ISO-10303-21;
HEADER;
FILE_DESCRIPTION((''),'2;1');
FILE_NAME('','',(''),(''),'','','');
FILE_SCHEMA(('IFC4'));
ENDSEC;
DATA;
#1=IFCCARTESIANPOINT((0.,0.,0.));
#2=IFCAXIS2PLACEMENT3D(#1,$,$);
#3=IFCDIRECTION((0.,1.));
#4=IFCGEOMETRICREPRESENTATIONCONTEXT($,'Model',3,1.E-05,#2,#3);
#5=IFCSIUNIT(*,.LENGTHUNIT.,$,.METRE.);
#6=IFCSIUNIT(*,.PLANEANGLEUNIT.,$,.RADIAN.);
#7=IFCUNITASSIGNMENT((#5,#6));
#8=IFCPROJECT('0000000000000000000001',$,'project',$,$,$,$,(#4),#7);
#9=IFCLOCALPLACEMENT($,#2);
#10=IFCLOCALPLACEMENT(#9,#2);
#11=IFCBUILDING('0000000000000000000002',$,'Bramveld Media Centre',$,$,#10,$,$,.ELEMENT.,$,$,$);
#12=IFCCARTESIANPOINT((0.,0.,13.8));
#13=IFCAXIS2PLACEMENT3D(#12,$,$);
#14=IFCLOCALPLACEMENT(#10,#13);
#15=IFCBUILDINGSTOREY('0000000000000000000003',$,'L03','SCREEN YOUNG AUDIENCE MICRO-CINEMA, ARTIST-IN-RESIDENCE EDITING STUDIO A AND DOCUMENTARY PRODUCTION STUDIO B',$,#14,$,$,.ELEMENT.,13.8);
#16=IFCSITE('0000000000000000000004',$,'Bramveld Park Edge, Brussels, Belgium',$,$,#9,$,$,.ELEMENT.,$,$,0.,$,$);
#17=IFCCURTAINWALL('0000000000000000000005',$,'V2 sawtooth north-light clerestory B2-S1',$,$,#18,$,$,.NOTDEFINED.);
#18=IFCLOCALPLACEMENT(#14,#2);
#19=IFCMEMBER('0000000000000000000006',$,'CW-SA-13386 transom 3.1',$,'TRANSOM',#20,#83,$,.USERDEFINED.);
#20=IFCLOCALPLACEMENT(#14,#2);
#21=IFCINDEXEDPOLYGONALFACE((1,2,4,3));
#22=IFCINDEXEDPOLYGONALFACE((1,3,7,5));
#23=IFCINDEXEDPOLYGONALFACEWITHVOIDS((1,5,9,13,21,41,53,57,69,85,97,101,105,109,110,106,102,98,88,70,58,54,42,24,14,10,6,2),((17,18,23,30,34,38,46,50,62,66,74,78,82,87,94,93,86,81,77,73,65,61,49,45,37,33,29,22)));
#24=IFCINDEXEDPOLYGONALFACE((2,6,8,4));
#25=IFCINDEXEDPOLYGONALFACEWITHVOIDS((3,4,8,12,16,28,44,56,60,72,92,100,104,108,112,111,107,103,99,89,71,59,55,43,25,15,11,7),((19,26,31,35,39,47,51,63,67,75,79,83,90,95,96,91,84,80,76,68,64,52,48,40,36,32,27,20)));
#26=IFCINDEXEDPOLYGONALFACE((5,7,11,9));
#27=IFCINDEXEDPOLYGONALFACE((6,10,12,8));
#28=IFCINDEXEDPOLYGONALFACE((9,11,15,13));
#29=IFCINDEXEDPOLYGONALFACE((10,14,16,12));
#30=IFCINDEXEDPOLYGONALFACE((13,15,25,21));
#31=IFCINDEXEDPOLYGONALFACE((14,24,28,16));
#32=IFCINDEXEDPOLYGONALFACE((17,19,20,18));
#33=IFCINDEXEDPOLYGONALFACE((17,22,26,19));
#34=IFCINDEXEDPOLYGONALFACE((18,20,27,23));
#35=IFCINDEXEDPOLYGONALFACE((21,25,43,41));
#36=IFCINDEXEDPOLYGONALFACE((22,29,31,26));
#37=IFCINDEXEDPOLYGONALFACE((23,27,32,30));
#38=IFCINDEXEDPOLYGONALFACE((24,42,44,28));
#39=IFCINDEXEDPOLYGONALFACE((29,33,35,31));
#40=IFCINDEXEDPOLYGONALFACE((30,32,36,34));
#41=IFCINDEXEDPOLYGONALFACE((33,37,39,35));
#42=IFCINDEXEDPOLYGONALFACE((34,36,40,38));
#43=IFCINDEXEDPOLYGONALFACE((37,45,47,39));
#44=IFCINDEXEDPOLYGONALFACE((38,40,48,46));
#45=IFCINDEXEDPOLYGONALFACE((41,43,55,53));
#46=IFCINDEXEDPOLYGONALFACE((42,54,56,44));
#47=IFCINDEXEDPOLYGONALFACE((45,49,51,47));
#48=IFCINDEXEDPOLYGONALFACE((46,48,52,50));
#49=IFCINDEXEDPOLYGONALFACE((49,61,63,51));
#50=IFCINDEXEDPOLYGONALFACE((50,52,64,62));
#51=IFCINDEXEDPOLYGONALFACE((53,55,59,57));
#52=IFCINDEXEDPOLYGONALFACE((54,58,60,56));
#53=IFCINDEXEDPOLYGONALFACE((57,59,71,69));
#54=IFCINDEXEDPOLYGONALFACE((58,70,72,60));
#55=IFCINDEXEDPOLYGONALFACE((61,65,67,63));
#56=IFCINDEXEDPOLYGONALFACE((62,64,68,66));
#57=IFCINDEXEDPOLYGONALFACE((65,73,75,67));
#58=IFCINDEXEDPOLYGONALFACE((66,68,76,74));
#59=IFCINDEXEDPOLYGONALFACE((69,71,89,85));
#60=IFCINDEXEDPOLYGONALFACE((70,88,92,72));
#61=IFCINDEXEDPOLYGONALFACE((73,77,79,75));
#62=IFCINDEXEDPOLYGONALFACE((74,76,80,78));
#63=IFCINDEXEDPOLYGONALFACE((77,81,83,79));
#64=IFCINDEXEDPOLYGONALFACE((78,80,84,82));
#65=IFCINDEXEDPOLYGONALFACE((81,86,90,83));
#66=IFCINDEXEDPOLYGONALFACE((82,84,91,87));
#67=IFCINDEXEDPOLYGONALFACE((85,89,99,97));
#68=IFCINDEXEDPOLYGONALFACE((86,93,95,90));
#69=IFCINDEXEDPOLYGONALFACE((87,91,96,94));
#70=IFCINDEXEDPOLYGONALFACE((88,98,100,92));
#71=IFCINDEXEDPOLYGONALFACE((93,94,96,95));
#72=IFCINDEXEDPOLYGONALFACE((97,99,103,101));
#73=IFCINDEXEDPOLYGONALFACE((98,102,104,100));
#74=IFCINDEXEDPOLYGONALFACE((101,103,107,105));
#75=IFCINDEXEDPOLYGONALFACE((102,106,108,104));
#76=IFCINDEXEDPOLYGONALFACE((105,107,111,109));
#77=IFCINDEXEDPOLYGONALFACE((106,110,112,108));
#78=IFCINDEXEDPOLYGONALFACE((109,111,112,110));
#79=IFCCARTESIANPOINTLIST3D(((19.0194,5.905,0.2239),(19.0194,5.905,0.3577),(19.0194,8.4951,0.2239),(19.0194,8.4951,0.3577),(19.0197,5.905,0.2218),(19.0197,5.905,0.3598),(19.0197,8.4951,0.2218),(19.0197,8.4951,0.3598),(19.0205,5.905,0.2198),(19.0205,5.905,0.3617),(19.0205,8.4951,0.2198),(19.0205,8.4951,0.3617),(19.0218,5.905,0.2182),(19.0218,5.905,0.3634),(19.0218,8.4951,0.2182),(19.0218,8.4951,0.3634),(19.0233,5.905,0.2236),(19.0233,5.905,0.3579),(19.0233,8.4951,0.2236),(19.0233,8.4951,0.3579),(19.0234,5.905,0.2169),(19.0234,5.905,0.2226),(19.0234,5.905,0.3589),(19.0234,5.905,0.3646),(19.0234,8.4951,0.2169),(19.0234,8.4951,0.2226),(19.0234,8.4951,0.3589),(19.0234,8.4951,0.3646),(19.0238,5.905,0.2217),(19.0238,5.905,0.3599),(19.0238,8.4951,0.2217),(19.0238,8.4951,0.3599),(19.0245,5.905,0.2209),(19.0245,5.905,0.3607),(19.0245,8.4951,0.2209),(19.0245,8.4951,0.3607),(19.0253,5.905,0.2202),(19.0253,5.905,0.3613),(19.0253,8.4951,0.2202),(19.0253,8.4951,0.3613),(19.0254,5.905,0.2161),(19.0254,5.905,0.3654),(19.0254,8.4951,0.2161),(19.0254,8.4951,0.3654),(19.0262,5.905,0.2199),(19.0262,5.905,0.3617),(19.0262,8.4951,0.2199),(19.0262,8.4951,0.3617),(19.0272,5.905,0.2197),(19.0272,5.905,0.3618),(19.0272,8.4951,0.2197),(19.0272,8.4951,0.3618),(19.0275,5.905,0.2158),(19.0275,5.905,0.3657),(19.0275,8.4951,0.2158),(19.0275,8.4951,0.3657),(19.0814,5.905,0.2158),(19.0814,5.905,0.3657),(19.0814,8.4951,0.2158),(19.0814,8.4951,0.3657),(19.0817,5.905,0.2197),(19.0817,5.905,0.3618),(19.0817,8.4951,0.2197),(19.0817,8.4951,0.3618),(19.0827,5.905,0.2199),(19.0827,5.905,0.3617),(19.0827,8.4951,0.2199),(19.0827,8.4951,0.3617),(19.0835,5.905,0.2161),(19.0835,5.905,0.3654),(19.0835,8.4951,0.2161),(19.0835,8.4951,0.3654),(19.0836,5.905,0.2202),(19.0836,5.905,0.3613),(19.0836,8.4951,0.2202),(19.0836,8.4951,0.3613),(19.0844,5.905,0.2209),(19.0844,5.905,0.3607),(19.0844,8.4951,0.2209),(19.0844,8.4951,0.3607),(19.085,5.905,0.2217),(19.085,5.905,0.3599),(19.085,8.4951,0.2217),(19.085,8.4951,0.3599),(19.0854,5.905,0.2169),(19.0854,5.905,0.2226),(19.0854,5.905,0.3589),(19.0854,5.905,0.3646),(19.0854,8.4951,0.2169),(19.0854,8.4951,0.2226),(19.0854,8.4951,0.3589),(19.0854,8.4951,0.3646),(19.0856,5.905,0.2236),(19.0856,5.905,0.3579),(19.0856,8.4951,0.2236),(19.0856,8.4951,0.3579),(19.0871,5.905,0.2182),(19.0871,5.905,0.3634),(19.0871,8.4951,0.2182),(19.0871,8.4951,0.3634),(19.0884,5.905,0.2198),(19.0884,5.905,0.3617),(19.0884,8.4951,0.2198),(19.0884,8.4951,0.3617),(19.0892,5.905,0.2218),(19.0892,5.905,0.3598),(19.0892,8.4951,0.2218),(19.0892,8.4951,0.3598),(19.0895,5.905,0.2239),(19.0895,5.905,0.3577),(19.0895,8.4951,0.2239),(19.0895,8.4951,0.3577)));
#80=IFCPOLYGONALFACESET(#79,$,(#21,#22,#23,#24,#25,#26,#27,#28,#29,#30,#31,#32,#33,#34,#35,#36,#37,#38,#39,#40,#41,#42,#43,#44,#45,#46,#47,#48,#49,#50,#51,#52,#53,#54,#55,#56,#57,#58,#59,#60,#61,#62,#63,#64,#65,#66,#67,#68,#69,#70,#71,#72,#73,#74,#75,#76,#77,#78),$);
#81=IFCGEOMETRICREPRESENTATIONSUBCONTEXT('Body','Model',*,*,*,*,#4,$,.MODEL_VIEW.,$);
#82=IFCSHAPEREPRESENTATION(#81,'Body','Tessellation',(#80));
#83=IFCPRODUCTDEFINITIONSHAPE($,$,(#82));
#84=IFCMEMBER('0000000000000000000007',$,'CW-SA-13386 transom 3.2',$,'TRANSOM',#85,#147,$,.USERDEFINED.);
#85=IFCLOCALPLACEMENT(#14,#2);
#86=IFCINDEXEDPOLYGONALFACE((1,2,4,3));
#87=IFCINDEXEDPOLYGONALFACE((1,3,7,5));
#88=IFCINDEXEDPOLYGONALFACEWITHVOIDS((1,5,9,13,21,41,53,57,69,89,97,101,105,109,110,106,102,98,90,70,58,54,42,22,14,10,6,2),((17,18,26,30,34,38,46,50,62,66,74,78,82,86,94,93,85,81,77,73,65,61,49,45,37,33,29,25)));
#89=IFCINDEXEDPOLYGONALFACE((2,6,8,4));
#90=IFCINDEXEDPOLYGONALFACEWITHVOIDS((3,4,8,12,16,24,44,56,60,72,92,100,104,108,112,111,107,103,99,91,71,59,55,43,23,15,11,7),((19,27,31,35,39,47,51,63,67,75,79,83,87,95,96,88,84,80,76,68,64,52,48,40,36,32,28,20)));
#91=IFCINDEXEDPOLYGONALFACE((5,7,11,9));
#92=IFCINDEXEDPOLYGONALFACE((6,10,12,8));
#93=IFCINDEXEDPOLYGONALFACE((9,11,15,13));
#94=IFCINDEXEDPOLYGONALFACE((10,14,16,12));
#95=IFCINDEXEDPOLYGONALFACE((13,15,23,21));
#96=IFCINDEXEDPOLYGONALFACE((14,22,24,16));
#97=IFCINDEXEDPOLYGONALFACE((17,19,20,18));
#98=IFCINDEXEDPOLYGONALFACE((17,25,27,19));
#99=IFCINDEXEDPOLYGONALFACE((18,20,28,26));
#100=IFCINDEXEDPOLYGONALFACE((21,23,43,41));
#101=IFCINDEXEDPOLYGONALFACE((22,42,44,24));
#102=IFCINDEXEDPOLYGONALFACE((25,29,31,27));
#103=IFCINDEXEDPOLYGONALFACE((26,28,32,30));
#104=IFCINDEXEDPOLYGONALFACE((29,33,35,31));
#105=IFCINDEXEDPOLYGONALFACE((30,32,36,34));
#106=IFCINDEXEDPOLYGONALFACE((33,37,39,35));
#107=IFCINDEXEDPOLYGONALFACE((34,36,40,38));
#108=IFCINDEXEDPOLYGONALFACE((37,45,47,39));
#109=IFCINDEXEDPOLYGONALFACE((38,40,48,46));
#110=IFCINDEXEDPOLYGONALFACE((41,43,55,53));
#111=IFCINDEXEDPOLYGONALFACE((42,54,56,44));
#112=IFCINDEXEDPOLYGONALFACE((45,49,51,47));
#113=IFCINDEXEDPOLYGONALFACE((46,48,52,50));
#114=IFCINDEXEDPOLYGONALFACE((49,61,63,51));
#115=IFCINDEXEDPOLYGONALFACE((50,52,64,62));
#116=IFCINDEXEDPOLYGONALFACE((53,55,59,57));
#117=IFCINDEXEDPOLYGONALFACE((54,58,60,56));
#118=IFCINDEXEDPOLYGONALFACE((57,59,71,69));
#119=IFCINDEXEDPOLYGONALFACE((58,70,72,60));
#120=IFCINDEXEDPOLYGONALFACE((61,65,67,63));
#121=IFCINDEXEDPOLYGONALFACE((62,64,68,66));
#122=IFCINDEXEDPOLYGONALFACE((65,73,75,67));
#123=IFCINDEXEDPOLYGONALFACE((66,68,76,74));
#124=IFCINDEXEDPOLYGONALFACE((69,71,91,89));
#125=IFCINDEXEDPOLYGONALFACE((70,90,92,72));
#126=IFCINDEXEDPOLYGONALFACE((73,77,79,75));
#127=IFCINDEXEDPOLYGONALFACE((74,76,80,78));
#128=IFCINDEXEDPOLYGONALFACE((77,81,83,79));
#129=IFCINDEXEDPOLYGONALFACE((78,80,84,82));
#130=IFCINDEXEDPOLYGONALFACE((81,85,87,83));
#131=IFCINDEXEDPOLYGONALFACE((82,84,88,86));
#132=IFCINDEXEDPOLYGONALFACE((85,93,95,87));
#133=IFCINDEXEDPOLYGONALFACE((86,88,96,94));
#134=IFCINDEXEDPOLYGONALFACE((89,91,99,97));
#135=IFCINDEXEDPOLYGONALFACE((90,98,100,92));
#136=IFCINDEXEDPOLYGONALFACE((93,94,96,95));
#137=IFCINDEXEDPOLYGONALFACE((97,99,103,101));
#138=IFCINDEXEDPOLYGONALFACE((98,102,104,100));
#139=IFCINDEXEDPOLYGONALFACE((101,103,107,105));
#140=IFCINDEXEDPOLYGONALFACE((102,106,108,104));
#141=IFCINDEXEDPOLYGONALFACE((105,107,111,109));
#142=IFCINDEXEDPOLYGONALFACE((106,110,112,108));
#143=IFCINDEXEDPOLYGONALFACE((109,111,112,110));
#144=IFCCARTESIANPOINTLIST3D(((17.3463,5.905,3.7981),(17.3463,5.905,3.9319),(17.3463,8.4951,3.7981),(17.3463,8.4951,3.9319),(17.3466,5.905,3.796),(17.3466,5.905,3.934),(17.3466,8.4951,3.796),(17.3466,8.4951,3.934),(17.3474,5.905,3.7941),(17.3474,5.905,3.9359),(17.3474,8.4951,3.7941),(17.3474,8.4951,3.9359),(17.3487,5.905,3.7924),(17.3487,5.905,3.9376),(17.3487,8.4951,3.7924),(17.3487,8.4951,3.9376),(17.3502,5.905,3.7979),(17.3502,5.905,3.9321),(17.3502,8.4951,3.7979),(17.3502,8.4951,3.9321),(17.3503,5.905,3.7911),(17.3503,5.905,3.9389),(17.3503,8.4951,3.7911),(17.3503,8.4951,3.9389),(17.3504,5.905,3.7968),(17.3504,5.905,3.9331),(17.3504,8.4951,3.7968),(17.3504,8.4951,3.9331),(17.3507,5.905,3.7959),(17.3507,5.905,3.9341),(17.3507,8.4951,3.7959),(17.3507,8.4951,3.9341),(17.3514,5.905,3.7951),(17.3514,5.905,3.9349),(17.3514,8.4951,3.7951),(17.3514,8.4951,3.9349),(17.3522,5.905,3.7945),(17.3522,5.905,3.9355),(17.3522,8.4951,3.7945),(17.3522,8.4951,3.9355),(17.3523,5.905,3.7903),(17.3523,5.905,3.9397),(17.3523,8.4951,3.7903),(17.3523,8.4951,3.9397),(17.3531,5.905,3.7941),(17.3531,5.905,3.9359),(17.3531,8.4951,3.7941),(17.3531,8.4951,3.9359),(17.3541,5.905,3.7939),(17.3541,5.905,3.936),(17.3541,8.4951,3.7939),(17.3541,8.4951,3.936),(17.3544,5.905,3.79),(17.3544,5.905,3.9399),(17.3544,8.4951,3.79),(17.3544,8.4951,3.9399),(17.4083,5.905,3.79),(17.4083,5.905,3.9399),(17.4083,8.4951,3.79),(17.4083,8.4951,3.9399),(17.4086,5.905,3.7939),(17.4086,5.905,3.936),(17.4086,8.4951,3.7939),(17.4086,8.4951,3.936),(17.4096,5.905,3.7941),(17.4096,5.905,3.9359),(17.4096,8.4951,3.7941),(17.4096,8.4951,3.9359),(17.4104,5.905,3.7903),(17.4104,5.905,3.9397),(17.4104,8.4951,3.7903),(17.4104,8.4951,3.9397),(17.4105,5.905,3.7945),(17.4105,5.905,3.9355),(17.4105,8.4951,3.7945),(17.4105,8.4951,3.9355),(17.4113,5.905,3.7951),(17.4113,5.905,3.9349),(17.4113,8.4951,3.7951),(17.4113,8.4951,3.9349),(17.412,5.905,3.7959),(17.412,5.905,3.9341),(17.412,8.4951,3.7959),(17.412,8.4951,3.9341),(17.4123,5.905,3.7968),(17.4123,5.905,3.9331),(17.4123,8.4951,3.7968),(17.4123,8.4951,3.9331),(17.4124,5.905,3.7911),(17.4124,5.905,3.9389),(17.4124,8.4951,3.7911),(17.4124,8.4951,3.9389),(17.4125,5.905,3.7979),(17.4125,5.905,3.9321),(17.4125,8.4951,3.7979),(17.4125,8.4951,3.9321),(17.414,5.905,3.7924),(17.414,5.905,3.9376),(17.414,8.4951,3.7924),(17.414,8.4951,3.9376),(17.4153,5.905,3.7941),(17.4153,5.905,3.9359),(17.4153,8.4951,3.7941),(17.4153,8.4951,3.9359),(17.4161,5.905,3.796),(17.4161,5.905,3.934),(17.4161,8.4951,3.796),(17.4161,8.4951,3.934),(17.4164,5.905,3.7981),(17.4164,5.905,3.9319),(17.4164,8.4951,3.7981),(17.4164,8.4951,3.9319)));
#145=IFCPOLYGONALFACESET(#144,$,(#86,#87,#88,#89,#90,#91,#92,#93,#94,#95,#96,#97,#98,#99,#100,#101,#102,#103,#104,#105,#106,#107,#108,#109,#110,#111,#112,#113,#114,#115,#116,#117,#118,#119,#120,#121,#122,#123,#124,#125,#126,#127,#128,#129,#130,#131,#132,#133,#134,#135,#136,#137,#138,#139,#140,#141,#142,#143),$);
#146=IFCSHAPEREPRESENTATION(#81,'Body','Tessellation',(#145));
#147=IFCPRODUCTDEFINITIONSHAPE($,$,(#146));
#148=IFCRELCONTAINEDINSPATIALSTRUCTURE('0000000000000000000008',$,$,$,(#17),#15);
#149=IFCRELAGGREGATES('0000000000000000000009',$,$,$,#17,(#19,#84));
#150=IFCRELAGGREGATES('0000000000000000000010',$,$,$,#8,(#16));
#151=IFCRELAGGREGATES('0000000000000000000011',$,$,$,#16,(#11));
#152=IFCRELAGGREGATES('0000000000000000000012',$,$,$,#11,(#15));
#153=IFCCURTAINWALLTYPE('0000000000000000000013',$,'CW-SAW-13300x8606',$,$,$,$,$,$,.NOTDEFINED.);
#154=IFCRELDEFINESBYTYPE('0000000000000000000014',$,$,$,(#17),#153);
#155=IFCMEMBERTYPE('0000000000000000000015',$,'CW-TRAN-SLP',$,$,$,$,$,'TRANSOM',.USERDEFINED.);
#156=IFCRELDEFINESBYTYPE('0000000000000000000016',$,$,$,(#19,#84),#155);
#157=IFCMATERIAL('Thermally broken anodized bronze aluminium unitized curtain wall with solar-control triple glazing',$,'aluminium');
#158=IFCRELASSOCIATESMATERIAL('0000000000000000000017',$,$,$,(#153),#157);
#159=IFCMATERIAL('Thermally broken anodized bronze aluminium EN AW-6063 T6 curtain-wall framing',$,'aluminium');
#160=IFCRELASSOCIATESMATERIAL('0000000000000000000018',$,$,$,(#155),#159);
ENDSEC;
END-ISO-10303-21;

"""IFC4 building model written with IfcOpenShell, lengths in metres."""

from ifc_helpers import new_model, si_unit, direction, frame, origin, origin_2d, place, context, subcontext, project, spatial, hollow_rectangle, extrude, material, material_profile, profile_set, type_object, element, aggregate, save


model = new_model("IFC4")

# Units and contexts
model_context = context("Model", 3, precision=1e-05, world=origin(), true_north=direction((0.0, 1.0)))
body_context = subcontext(model_context, "Body", "Model", "MODEL_VIEW")
ifc_project = project(units=[si_unit("LENGTHUNIT", "METRE"), si_unit("PLANEANGLEUNIT", "RADIAN")], contexts=[model_context])

# Site, building, storey
site_placement = place(None, origin())
site = spatial("IfcSite", under=ifc_project, at=site_placement, Name="Bramveld Park Edge, Brussels, Belgium", CompositionType="ELEMENT", RefElevation=0.0)
building_placement = place(site_placement, origin())
building = spatial("IfcBuilding", under=site, at=building_placement, Name="Bramveld Media Centre", CompositionType="ELEMENT")
storey_placement = place(building_placement, frame((0.0, 0.0, 13.8)))
storey = spatial("IfcBuildingStorey", under=building, at=storey_placement, Name="L03", Description="SCREEN YOUNG AUDIENCE MICRO-CINEMA, ARTIST-IN-RESIDENCE EDITING STUDIO A AND DOCUMENTARY PRODUCTION STUDIO B", CompositionType="ELEMENT", Elevation=13.8)

# Curtain wall, members
ifc_material_1 = material(Name="Thermally broken anodized bronze aluminium unitized curtain wall with solar-control triple glazing", Category="aluminium")
curtain_wall_type = type_object("IfcCurtainWallType", Name="CW-SAW-13300x8606", PredefinedType="NOTDEFINED", material=ifc_material_1)
curtain_wall_placement = place(storey_placement, origin())
curtain_wall = element("IfcCurtainWall", 1, at=curtain_wall_placement, inside=storey, type_object=curtain_wall_type, Name="V2 sawtooth north-light clerestory B2-S1", PredefinedType="NOTDEFINED")
ifc_material_2 = material(Name="Thermally broken anodized bronze aluminium EN AW-6063 T6 curtain-wall framing", Category="aluminium")
ifc_material_profile_1 = material_profile(ifc_material_2, hollow_rectangle(XDim=0.0701, YDim=0.1499, WallThickness=0.0039, InnerFilletRadius=0.0039, OuterFilletRadius=0.0081, at=origin_2d()), Name="AL-TRAN 70x150")
ifc_profile_set_1 = profile_set([ifc_material_profile_1], Name="Thermally broken anodized bronze aluminium EN AW-6063 T6 curtain-wall framing")
member_type_1 = type_object("IfcMemberType", Name="CW-TRAN-SLP", ElementType="TRANSOM", PredefinedType="USERDEFINED", material=ifc_profile_set_1)
member_1_placement = place(storey_placement, frame((19.0544, 5.905, 0.2908), z_axis=(0.0, 1.0, 0.0), x_axis=(-1.0, 0.0, 0.0)))
member_1 = element("IfcMember", 2, at=member_1_placement, type_object=member_type_1, Name="CW-SA-13386 transom 3.1", ObjectType="TRANSOM", PredefinedType="USERDEFINED", context=body_context, shape_type="SweptSolid", body=[
    extrude(hollow_rectangle(XDim=0.0701, YDim=0.1499, WallThickness=0.0039, InnerFilletRadius=0.0039, OuterFilletRadius=0.0081, at=origin_2d()), origin(), (0.0, 0.0, 1.0), 2.5901),
])
member_2_placement = place(storey_placement, frame((17.3813, 5.905, 3.865), z_axis=(0.0, 1.0, 0.0), x_axis=(-1.0, 0.0, 0.0)))
member_2 = element("IfcMember", 3, at=member_2_placement, type_object=member_type_1, Name="CW-SA-13386 transom 3.2", ObjectType="TRANSOM", PredefinedType="USERDEFINED", context=body_context, shape_type="SweptSolid", body=[
    extrude(hollow_rectangle(XDim=0.0701, YDim=0.1499, WallThickness=0.0039, InnerFilletRadius=0.0039, OuterFilletRadius=0.0081, at=origin_2d()), origin(), (0.0, 0.0, 1.0), 2.5901),
])

aggregate(curtain_wall, [member_1, member_2])

save(model, "model.ifc")
